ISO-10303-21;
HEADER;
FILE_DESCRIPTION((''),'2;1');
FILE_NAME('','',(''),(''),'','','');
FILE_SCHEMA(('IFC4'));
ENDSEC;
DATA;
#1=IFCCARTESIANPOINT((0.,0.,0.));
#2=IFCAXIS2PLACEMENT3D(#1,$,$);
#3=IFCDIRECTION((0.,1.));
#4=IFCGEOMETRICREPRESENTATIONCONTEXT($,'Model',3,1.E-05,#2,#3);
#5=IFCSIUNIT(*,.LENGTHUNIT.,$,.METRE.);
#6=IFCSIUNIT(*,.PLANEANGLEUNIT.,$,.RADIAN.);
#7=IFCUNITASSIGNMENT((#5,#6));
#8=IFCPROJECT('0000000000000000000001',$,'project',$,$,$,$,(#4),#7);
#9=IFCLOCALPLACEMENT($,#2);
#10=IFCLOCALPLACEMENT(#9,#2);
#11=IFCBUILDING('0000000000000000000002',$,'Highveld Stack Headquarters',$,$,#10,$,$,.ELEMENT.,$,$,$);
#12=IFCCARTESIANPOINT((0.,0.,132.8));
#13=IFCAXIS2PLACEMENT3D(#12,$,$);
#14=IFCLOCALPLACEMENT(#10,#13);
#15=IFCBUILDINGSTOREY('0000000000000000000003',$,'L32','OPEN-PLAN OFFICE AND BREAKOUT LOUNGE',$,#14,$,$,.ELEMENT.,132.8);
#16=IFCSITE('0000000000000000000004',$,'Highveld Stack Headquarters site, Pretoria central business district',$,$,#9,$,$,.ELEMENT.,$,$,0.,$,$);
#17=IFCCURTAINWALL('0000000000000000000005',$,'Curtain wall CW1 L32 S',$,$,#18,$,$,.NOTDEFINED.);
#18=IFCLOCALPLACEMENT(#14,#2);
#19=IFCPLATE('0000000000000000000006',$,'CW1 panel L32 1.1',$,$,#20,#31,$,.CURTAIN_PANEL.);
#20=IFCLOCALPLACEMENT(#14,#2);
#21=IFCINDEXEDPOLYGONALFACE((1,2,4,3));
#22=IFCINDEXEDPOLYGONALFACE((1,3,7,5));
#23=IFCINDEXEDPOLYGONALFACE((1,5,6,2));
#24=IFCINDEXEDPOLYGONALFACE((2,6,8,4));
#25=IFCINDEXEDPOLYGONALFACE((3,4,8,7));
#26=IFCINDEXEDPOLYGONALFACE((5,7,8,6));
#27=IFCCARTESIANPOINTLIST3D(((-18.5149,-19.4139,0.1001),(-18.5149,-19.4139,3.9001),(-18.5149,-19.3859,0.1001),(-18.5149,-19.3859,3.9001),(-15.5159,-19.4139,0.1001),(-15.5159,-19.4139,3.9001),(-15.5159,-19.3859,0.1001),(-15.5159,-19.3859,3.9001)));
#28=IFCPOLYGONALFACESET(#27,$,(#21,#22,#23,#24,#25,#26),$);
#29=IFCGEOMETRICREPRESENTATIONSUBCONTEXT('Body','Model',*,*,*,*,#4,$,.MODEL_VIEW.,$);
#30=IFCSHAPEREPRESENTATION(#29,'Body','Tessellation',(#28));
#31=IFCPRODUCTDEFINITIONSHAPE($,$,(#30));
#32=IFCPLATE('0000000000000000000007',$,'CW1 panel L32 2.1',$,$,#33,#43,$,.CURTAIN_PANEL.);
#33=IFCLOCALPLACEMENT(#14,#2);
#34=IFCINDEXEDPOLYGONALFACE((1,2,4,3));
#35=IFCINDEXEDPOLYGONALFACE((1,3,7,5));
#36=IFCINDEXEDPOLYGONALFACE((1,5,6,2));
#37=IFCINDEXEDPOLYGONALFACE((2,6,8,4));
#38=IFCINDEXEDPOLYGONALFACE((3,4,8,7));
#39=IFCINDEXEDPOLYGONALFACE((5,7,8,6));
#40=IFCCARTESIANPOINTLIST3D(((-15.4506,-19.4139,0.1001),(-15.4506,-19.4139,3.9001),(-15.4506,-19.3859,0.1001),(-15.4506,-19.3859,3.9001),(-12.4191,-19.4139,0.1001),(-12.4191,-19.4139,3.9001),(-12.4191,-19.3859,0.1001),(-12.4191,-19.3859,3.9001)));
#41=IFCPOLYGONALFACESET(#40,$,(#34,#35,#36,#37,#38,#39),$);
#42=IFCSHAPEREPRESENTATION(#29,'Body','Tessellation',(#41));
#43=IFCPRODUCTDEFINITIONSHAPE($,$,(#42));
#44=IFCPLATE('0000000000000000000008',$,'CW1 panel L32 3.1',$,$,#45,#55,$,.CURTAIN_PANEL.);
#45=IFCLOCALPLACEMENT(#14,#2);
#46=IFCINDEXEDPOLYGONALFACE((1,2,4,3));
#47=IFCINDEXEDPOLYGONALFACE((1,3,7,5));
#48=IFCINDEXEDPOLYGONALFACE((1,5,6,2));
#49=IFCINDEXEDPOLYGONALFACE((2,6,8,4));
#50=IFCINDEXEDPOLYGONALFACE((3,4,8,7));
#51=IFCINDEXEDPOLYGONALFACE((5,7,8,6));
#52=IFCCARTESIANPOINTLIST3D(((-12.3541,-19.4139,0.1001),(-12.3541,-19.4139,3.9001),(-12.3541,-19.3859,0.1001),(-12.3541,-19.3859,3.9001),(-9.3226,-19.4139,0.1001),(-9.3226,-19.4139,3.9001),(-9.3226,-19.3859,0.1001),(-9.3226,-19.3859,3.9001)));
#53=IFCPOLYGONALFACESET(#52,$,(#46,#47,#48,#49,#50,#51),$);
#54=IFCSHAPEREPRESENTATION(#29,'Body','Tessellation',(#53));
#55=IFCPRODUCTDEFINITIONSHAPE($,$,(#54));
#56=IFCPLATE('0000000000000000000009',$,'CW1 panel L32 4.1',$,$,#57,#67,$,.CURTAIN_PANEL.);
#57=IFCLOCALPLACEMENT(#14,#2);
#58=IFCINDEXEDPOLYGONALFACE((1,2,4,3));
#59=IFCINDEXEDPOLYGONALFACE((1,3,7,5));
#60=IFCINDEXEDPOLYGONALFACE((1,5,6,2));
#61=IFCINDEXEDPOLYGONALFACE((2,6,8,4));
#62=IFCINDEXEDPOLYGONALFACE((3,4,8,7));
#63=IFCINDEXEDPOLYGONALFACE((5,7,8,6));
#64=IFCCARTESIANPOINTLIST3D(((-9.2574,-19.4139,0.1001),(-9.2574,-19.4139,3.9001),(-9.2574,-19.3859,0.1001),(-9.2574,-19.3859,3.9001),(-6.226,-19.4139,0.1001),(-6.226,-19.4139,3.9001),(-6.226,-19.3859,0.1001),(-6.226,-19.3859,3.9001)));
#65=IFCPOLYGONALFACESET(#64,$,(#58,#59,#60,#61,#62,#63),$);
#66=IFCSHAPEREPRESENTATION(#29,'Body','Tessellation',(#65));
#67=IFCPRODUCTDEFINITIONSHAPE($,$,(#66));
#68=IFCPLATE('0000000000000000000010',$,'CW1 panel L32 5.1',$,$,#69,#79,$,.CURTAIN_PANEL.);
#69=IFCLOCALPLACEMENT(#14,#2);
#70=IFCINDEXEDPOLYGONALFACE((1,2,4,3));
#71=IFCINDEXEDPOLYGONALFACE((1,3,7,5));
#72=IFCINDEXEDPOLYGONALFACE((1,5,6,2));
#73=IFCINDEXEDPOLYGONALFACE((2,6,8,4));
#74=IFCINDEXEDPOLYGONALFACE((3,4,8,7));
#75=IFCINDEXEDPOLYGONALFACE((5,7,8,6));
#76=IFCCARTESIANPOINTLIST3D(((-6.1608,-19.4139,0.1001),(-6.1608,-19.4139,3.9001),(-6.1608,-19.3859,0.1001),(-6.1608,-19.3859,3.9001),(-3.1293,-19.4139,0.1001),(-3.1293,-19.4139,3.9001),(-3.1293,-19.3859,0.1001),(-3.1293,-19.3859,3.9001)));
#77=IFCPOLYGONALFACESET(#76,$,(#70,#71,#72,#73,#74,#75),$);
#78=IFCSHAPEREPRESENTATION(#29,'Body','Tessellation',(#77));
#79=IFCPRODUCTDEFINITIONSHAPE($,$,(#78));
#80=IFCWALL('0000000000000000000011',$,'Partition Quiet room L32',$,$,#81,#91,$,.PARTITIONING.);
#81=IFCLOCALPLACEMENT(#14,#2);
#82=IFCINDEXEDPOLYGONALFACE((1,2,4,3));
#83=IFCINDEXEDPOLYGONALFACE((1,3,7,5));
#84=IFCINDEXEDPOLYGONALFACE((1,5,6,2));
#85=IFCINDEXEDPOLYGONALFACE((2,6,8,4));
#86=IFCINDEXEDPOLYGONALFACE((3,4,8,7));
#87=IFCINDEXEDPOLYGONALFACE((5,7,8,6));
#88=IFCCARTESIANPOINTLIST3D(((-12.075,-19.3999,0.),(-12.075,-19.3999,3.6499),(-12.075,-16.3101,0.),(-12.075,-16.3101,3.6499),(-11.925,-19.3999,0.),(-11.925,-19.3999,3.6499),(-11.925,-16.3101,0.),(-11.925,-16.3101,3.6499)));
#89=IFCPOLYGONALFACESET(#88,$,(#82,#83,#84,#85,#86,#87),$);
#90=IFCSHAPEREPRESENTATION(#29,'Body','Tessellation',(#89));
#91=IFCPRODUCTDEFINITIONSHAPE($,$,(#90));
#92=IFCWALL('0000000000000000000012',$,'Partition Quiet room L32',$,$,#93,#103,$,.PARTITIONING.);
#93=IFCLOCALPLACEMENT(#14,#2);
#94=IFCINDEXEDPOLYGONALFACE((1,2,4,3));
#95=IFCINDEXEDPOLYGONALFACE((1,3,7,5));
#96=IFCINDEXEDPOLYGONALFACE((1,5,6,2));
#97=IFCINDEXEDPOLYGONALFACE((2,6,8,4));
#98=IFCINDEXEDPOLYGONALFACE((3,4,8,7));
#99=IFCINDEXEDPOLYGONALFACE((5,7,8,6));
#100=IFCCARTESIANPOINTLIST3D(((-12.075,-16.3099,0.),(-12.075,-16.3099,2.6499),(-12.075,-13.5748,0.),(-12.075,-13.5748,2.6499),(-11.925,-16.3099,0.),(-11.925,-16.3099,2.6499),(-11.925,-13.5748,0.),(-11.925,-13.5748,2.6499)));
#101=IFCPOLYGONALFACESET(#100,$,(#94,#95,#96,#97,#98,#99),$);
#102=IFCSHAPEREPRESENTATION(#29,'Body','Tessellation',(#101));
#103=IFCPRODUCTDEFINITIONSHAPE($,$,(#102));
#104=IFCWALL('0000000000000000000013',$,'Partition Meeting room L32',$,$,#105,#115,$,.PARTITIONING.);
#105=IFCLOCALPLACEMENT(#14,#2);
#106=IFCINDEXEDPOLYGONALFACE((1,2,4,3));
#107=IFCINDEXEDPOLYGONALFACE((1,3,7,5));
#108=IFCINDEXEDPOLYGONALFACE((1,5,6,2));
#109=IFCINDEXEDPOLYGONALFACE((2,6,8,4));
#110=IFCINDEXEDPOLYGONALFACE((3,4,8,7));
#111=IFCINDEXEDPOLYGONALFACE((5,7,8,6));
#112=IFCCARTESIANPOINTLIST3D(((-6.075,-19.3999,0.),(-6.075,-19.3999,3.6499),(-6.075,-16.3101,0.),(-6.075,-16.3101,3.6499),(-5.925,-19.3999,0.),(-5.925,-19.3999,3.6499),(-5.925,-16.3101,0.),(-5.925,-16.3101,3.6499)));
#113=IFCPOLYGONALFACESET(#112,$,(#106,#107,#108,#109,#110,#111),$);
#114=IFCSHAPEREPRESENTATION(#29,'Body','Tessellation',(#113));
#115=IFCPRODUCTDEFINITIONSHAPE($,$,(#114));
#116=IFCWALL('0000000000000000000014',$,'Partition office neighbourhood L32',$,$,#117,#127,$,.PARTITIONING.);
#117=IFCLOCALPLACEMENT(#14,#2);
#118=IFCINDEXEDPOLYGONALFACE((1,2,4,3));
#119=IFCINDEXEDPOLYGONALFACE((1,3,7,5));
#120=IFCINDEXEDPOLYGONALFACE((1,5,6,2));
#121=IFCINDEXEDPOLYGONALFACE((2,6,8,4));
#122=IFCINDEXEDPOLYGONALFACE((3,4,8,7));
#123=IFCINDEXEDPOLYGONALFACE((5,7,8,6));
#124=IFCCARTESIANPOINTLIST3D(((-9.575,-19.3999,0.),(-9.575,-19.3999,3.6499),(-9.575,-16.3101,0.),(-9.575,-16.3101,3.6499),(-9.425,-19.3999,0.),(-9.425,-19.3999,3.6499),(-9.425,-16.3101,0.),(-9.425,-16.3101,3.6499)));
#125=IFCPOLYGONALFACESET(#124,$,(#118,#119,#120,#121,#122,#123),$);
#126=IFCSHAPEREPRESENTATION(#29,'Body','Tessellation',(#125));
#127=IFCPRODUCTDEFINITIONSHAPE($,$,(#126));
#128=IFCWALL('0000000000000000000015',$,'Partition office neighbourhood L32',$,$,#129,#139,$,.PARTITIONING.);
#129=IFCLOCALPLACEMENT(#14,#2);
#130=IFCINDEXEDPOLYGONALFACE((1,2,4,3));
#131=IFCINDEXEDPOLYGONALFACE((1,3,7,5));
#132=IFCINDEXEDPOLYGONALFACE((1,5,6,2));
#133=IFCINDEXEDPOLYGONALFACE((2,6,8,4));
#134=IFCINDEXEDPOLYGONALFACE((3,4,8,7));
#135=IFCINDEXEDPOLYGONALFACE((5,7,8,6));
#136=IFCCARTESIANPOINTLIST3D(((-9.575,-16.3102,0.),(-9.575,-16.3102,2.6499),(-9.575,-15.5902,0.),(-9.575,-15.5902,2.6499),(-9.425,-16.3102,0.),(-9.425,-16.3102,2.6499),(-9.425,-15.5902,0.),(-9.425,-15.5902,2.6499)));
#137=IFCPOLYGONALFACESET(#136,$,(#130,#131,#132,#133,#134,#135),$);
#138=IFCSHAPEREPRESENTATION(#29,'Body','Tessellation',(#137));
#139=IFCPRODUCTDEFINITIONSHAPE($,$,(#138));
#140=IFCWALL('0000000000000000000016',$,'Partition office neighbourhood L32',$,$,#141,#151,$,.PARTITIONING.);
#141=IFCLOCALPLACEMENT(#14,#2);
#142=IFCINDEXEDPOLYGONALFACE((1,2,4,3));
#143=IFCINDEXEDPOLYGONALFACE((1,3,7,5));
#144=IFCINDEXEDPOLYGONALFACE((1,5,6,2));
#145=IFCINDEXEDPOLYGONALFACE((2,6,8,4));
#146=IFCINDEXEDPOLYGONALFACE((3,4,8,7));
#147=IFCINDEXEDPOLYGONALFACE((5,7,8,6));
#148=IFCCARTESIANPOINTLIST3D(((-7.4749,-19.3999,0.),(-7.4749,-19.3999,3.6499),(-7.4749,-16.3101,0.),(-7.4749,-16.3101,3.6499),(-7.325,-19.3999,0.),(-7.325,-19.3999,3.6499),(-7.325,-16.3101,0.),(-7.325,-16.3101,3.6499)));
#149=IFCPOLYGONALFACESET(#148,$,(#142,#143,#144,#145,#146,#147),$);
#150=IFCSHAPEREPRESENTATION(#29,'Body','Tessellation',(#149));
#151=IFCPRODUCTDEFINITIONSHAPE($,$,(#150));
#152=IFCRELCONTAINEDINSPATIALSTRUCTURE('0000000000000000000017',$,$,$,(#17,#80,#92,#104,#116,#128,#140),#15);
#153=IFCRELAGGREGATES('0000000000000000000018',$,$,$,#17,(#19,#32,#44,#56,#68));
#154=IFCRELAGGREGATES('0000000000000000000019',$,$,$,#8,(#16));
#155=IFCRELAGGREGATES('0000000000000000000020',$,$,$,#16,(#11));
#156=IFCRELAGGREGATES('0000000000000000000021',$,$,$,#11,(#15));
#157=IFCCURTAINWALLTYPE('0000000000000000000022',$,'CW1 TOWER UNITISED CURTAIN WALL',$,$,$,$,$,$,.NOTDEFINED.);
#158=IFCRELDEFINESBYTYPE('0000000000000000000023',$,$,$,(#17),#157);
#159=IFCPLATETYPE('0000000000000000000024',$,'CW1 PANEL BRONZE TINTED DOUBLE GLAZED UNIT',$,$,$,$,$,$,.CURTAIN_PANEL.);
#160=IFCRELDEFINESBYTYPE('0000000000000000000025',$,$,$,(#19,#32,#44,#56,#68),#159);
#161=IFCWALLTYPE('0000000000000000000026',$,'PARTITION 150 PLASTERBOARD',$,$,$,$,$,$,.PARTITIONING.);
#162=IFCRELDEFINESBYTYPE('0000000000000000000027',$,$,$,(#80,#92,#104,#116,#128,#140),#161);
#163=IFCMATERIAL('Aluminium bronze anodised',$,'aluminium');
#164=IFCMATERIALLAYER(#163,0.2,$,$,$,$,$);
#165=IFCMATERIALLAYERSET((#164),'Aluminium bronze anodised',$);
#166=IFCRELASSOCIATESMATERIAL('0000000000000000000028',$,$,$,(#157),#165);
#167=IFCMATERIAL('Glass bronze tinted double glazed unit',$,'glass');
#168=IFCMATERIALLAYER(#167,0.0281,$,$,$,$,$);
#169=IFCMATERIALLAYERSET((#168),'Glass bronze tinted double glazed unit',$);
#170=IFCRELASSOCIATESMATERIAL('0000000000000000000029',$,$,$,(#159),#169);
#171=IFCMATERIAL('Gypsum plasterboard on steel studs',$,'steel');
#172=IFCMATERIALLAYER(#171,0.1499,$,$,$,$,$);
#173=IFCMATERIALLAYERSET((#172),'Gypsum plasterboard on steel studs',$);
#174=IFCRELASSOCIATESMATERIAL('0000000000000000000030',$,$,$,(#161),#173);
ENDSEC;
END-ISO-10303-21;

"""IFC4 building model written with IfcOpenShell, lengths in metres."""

from ifc_helpers import new_model, si_unit, direction, frame, frame_2d, origin, origin_2d, place, context, subcontext, project, spatial, rectangle, extrude, material, layer, layer_set, type_object, element, aggregate, save


model = new_model("IFC4")

# Units and contexts
model_context = context("Model", 3, precision=1e-05, world=origin(), true_north=direction((0.0, 1.0)))
body_context = subcontext(model_context, "Body", "Model", "MODEL_VIEW")
ifc_project = project(units=[si_unit("LENGTHUNIT", "METRE"), si_unit("PLANEANGLEUNIT", "RADIAN")], contexts=[model_context])

# Site, building, storey
site_placement = place(None, origin())
site = spatial("IfcSite", under=ifc_project, at=site_placement, Name="Highveld Stack Headquarters site, Pretoria central business district", CompositionType="ELEMENT", RefElevation=0.0)
building_placement = place(site_placement, origin())
building = spatial("IfcBuilding", under=site, at=building_placement, Name="Highveld Stack Headquarters", CompositionType="ELEMENT")
storey_placement = place(building_placement, frame((0.0, 0.0, 132.8)))
storey = spatial("IfcBuildingStorey", under=building, at=storey_placement, Name="L32", Description="OPEN-PLAN OFFICE AND BREAKOUT LOUNGE", CompositionType="ELEMENT", Elevation=132.8)

# Curtain wall, plates
ifc_material_1 = material(Name="Aluminium bronze anodised", Category="aluminium")
ifc_layer_1 = layer(ifc_material_1, 0.2)
ifc_layer_set_1 = layer_set([ifc_layer_1], Name="Aluminium bronze anodised")
curtain_wall_type = type_object("IfcCurtainWallType", Name="CW1 TOWER UNITISED CURTAIN WALL", PredefinedType="NOTDEFINED", material=ifc_layer_set_1)
curtain_wall_placement = place(storey_placement, origin())
curtain_wall = element("IfcCurtainWall", 1, at=curtain_wall_placement, inside=storey, type_object=curtain_wall_type, Name="Curtain wall CW1 L32 S", PredefinedType="NOTDEFINED")
ifc_material_2 = material(Name="Glass bronze tinted double glazed unit", Category="glass")
ifc_layer_2 = layer(ifc_material_2, 0.0281)
ifc_layer_set_2 = layer_set([ifc_layer_2], Name="Glass bronze tinted double glazed unit")
plate_type = type_object("IfcPlateType", Name="CW1 PANEL BRONZE TINTED DOUBLE GLAZED UNIT", PredefinedType="CURTAIN_PANEL", material=ifc_layer_set_2)
plate_1_placement = place(storey_placement, frame((-17.0154, -19.3999, 0.1001), z_axis=(0.0, 0.0, 1.0), x_axis=(1.0, 0.0, 0.0)))
plate_1 = element("IfcPlate", 2, at=plate_1_placement, type_object=plate_type, Name="CW1 panel L32 1.1", PredefinedType="CURTAIN_PANEL", context=body_context, shape_type="SweptSolid", body=[
    extrude(rectangle(XDim=2.999, YDim=0.0281, at=origin_2d()), origin(), (0.0, 0.0, 1.0), 3.8),
])
plate_2_placement = place(storey_placement, frame((-13.9348, -19.3999, 0.1001), z_axis=(0.0, 0.0, 1.0), x_axis=(1.0, 0.0, 0.0)))
plate_2 = element("IfcPlate", 3, at=plate_2_placement, type_object=plate_type, Name="CW1 panel L32 2.1", PredefinedType="CURTAIN_PANEL", context=body_context, shape_type="SweptSolid", body=[
    extrude(rectangle(XDim=3.0315, YDim=0.0281, at=origin_2d()), origin(), (0.0, 0.0, 1.0), 3.8),
])
plate_3_placement = place(storey_placement, frame((-10.8384, -19.3999, 0.1001), z_axis=(0.0, 0.0, 1.0), x_axis=(1.0, 0.0, 0.0)))
plate_3 = element("IfcPlate", 4, at=plate_3_placement, type_object=plate_type, Name="CW1 panel L32 3.1", PredefinedType="CURTAIN_PANEL", context=body_context, shape_type="SweptSolid", body=[
    extrude(rectangle(XDim=3.0315, YDim=0.0281, at=origin_2d()), origin(), (0.0, 0.0, 1.0), 3.8),
])
plate_4_placement = place(storey_placement, frame((-7.7417, -19.3999, 0.1001), z_axis=(0.0, 0.0, 1.0), x_axis=(1.0, 0.0, 0.0)))
plate_4 = element("IfcPlate", 5, at=plate_4_placement, type_object=plate_type, Name="CW1 panel L32 4.1", PredefinedType="CURTAIN_PANEL", context=body_context, shape_type="SweptSolid", body=[
    extrude(rectangle(XDim=3.0315, YDim=0.0281, at=origin_2d()), origin(), (0.0, 0.0, 1.0), 3.8),
])
plate_5_placement = place(storey_placement, frame((-4.645, -19.3999, 0.1001), z_axis=(0.0, 0.0, 1.0), x_axis=(1.0, 0.0, 0.0)))
plate_5 = element("IfcPlate", 6, at=plate_5_placement, type_object=plate_type, Name="CW1 panel L32 5.1", PredefinedType="CURTAIN_PANEL", context=body_context, shape_type="SweptSolid", body=[
    extrude(rectangle(XDim=3.0315, YDim=0.0281, at=origin_2d()), origin(), (0.0, 0.0, 1.0), 3.8),
])
aggregate(curtain_wall, [plate_1, plate_2, plate_3, plate_4, plate_5])

# Walls
ifc_material_3 = material(Name="Gypsum plasterboard on steel studs", Category="steel")
ifc_layer_3 = layer(ifc_material_3, 0.1499)
ifc_layer_set_3 = layer_set([ifc_layer_3], Name="Gypsum plasterboard on steel studs")
wall_type = type_object("IfcWallType", Name="PARTITION 150 PLASTERBOARD", PredefinedType="PARTITIONING", material=ifc_layer_set_3)
wall_1_placement = place(storey_placement, frame((-12.0, -19.3999, 0.0), z_axis=(0.0, 0.0, 1.0), x_axis=(0.0, 1.0, 0.0)))
element("IfcWall", 7, at=wall_1_placement, inside=storey, type_object=wall_type, Name="Partition Quiet room L32", PredefinedType="PARTITIONING", context=body_context, shape_type="SweptSolid", body=[
    extrude(rectangle(XDim=3.0898, YDim=0.1499, at=frame_2d((1.5449, 0.0))), origin(), (0.0, 0.0, 1.0), 3.6499),
])
wall_2_placement = place(storey_placement, frame((-12.0, -16.3101, 0.0), z_axis=(0.0, 0.0, 1.0), x_axis=(0.0, 1.0, 0.0)))
element("IfcWall", 8, at=wall_2_placement, inside=storey, type_object=wall_type, Name="Partition Quiet room L32", PredefinedType="PARTITIONING", context=body_context, shape_type="SweptSolid", body=[
    extrude(rectangle(XDim=2.7351, YDim=0.1499, at=frame_2d((1.3677, 0.0))), origin(), (0.0, 0.0, 1.0), 2.6499),
])
for number, where, z_axis, x_axis, name in (
    (9, (-6.0, -19.3999, 0.0), (0.0, 0.0, 1.0), (0.0, 1.0, 0.0), "Partition Meeting room L32"),
    (10, (-9.5, -19.3999, 0.0), (0.0, 0.0, 1.0), (0.0, 1.0, 0.0), "Partition office neighbourhood L32"),
):
    element("IfcWall", number, at=place(storey_placement, frame(where, z_axis=z_axis, x_axis=x_axis)), inside=storey, type_object=wall_type, Name=name, PredefinedType="PARTITIONING", context=body_context, shape_type="SweptSolid", body=[
        extrude(rectangle(XDim=3.0898, YDim=0.1499, at=frame_2d((1.5449, 0.0))), origin(), (0.0, 0.0, 1.0), 3.6499),
    ])
wall_3_placement = place(storey_placement, frame((-9.5, -16.3101, 0.0), z_axis=(0.0, 0.0, 1.0), x_axis=(0.0, 1.0, 0.0)))
element("IfcWall", 11, at=wall_3_placement, inside=storey, type_object=wall_type, Name="Partition office neighbourhood L32", PredefinedType="PARTITIONING", context=body_context, shape_type="SweptSolid", body=[
    extrude(rectangle(XDim=0.72, YDim=0.1499, at=frame_2d((0.3599, 0.0))), origin(), (0.0, 0.0, 1.0), 2.6499),
])
wall_4_placement = place(storey_placement, frame((-7.3999, -19.3999, 0.0), z_axis=(0.0, 0.0, 1.0), x_axis=(0.0, 1.0, 0.0)))
element("IfcWall", 12, at=wall_4_placement, inside=storey, type_object=wall_type, Name="Partition office neighbourhood L32", PredefinedType="PARTITIONING", context=body_context, shape_type="SweptSolid", body=[
    extrude(rectangle(XDim=3.0898, YDim=0.1499, at=frame_2d((1.5449, 0.0))), origin(), (0.0, 0.0, 1.0), 3.6499),
])

save(model, "model.ifc")
